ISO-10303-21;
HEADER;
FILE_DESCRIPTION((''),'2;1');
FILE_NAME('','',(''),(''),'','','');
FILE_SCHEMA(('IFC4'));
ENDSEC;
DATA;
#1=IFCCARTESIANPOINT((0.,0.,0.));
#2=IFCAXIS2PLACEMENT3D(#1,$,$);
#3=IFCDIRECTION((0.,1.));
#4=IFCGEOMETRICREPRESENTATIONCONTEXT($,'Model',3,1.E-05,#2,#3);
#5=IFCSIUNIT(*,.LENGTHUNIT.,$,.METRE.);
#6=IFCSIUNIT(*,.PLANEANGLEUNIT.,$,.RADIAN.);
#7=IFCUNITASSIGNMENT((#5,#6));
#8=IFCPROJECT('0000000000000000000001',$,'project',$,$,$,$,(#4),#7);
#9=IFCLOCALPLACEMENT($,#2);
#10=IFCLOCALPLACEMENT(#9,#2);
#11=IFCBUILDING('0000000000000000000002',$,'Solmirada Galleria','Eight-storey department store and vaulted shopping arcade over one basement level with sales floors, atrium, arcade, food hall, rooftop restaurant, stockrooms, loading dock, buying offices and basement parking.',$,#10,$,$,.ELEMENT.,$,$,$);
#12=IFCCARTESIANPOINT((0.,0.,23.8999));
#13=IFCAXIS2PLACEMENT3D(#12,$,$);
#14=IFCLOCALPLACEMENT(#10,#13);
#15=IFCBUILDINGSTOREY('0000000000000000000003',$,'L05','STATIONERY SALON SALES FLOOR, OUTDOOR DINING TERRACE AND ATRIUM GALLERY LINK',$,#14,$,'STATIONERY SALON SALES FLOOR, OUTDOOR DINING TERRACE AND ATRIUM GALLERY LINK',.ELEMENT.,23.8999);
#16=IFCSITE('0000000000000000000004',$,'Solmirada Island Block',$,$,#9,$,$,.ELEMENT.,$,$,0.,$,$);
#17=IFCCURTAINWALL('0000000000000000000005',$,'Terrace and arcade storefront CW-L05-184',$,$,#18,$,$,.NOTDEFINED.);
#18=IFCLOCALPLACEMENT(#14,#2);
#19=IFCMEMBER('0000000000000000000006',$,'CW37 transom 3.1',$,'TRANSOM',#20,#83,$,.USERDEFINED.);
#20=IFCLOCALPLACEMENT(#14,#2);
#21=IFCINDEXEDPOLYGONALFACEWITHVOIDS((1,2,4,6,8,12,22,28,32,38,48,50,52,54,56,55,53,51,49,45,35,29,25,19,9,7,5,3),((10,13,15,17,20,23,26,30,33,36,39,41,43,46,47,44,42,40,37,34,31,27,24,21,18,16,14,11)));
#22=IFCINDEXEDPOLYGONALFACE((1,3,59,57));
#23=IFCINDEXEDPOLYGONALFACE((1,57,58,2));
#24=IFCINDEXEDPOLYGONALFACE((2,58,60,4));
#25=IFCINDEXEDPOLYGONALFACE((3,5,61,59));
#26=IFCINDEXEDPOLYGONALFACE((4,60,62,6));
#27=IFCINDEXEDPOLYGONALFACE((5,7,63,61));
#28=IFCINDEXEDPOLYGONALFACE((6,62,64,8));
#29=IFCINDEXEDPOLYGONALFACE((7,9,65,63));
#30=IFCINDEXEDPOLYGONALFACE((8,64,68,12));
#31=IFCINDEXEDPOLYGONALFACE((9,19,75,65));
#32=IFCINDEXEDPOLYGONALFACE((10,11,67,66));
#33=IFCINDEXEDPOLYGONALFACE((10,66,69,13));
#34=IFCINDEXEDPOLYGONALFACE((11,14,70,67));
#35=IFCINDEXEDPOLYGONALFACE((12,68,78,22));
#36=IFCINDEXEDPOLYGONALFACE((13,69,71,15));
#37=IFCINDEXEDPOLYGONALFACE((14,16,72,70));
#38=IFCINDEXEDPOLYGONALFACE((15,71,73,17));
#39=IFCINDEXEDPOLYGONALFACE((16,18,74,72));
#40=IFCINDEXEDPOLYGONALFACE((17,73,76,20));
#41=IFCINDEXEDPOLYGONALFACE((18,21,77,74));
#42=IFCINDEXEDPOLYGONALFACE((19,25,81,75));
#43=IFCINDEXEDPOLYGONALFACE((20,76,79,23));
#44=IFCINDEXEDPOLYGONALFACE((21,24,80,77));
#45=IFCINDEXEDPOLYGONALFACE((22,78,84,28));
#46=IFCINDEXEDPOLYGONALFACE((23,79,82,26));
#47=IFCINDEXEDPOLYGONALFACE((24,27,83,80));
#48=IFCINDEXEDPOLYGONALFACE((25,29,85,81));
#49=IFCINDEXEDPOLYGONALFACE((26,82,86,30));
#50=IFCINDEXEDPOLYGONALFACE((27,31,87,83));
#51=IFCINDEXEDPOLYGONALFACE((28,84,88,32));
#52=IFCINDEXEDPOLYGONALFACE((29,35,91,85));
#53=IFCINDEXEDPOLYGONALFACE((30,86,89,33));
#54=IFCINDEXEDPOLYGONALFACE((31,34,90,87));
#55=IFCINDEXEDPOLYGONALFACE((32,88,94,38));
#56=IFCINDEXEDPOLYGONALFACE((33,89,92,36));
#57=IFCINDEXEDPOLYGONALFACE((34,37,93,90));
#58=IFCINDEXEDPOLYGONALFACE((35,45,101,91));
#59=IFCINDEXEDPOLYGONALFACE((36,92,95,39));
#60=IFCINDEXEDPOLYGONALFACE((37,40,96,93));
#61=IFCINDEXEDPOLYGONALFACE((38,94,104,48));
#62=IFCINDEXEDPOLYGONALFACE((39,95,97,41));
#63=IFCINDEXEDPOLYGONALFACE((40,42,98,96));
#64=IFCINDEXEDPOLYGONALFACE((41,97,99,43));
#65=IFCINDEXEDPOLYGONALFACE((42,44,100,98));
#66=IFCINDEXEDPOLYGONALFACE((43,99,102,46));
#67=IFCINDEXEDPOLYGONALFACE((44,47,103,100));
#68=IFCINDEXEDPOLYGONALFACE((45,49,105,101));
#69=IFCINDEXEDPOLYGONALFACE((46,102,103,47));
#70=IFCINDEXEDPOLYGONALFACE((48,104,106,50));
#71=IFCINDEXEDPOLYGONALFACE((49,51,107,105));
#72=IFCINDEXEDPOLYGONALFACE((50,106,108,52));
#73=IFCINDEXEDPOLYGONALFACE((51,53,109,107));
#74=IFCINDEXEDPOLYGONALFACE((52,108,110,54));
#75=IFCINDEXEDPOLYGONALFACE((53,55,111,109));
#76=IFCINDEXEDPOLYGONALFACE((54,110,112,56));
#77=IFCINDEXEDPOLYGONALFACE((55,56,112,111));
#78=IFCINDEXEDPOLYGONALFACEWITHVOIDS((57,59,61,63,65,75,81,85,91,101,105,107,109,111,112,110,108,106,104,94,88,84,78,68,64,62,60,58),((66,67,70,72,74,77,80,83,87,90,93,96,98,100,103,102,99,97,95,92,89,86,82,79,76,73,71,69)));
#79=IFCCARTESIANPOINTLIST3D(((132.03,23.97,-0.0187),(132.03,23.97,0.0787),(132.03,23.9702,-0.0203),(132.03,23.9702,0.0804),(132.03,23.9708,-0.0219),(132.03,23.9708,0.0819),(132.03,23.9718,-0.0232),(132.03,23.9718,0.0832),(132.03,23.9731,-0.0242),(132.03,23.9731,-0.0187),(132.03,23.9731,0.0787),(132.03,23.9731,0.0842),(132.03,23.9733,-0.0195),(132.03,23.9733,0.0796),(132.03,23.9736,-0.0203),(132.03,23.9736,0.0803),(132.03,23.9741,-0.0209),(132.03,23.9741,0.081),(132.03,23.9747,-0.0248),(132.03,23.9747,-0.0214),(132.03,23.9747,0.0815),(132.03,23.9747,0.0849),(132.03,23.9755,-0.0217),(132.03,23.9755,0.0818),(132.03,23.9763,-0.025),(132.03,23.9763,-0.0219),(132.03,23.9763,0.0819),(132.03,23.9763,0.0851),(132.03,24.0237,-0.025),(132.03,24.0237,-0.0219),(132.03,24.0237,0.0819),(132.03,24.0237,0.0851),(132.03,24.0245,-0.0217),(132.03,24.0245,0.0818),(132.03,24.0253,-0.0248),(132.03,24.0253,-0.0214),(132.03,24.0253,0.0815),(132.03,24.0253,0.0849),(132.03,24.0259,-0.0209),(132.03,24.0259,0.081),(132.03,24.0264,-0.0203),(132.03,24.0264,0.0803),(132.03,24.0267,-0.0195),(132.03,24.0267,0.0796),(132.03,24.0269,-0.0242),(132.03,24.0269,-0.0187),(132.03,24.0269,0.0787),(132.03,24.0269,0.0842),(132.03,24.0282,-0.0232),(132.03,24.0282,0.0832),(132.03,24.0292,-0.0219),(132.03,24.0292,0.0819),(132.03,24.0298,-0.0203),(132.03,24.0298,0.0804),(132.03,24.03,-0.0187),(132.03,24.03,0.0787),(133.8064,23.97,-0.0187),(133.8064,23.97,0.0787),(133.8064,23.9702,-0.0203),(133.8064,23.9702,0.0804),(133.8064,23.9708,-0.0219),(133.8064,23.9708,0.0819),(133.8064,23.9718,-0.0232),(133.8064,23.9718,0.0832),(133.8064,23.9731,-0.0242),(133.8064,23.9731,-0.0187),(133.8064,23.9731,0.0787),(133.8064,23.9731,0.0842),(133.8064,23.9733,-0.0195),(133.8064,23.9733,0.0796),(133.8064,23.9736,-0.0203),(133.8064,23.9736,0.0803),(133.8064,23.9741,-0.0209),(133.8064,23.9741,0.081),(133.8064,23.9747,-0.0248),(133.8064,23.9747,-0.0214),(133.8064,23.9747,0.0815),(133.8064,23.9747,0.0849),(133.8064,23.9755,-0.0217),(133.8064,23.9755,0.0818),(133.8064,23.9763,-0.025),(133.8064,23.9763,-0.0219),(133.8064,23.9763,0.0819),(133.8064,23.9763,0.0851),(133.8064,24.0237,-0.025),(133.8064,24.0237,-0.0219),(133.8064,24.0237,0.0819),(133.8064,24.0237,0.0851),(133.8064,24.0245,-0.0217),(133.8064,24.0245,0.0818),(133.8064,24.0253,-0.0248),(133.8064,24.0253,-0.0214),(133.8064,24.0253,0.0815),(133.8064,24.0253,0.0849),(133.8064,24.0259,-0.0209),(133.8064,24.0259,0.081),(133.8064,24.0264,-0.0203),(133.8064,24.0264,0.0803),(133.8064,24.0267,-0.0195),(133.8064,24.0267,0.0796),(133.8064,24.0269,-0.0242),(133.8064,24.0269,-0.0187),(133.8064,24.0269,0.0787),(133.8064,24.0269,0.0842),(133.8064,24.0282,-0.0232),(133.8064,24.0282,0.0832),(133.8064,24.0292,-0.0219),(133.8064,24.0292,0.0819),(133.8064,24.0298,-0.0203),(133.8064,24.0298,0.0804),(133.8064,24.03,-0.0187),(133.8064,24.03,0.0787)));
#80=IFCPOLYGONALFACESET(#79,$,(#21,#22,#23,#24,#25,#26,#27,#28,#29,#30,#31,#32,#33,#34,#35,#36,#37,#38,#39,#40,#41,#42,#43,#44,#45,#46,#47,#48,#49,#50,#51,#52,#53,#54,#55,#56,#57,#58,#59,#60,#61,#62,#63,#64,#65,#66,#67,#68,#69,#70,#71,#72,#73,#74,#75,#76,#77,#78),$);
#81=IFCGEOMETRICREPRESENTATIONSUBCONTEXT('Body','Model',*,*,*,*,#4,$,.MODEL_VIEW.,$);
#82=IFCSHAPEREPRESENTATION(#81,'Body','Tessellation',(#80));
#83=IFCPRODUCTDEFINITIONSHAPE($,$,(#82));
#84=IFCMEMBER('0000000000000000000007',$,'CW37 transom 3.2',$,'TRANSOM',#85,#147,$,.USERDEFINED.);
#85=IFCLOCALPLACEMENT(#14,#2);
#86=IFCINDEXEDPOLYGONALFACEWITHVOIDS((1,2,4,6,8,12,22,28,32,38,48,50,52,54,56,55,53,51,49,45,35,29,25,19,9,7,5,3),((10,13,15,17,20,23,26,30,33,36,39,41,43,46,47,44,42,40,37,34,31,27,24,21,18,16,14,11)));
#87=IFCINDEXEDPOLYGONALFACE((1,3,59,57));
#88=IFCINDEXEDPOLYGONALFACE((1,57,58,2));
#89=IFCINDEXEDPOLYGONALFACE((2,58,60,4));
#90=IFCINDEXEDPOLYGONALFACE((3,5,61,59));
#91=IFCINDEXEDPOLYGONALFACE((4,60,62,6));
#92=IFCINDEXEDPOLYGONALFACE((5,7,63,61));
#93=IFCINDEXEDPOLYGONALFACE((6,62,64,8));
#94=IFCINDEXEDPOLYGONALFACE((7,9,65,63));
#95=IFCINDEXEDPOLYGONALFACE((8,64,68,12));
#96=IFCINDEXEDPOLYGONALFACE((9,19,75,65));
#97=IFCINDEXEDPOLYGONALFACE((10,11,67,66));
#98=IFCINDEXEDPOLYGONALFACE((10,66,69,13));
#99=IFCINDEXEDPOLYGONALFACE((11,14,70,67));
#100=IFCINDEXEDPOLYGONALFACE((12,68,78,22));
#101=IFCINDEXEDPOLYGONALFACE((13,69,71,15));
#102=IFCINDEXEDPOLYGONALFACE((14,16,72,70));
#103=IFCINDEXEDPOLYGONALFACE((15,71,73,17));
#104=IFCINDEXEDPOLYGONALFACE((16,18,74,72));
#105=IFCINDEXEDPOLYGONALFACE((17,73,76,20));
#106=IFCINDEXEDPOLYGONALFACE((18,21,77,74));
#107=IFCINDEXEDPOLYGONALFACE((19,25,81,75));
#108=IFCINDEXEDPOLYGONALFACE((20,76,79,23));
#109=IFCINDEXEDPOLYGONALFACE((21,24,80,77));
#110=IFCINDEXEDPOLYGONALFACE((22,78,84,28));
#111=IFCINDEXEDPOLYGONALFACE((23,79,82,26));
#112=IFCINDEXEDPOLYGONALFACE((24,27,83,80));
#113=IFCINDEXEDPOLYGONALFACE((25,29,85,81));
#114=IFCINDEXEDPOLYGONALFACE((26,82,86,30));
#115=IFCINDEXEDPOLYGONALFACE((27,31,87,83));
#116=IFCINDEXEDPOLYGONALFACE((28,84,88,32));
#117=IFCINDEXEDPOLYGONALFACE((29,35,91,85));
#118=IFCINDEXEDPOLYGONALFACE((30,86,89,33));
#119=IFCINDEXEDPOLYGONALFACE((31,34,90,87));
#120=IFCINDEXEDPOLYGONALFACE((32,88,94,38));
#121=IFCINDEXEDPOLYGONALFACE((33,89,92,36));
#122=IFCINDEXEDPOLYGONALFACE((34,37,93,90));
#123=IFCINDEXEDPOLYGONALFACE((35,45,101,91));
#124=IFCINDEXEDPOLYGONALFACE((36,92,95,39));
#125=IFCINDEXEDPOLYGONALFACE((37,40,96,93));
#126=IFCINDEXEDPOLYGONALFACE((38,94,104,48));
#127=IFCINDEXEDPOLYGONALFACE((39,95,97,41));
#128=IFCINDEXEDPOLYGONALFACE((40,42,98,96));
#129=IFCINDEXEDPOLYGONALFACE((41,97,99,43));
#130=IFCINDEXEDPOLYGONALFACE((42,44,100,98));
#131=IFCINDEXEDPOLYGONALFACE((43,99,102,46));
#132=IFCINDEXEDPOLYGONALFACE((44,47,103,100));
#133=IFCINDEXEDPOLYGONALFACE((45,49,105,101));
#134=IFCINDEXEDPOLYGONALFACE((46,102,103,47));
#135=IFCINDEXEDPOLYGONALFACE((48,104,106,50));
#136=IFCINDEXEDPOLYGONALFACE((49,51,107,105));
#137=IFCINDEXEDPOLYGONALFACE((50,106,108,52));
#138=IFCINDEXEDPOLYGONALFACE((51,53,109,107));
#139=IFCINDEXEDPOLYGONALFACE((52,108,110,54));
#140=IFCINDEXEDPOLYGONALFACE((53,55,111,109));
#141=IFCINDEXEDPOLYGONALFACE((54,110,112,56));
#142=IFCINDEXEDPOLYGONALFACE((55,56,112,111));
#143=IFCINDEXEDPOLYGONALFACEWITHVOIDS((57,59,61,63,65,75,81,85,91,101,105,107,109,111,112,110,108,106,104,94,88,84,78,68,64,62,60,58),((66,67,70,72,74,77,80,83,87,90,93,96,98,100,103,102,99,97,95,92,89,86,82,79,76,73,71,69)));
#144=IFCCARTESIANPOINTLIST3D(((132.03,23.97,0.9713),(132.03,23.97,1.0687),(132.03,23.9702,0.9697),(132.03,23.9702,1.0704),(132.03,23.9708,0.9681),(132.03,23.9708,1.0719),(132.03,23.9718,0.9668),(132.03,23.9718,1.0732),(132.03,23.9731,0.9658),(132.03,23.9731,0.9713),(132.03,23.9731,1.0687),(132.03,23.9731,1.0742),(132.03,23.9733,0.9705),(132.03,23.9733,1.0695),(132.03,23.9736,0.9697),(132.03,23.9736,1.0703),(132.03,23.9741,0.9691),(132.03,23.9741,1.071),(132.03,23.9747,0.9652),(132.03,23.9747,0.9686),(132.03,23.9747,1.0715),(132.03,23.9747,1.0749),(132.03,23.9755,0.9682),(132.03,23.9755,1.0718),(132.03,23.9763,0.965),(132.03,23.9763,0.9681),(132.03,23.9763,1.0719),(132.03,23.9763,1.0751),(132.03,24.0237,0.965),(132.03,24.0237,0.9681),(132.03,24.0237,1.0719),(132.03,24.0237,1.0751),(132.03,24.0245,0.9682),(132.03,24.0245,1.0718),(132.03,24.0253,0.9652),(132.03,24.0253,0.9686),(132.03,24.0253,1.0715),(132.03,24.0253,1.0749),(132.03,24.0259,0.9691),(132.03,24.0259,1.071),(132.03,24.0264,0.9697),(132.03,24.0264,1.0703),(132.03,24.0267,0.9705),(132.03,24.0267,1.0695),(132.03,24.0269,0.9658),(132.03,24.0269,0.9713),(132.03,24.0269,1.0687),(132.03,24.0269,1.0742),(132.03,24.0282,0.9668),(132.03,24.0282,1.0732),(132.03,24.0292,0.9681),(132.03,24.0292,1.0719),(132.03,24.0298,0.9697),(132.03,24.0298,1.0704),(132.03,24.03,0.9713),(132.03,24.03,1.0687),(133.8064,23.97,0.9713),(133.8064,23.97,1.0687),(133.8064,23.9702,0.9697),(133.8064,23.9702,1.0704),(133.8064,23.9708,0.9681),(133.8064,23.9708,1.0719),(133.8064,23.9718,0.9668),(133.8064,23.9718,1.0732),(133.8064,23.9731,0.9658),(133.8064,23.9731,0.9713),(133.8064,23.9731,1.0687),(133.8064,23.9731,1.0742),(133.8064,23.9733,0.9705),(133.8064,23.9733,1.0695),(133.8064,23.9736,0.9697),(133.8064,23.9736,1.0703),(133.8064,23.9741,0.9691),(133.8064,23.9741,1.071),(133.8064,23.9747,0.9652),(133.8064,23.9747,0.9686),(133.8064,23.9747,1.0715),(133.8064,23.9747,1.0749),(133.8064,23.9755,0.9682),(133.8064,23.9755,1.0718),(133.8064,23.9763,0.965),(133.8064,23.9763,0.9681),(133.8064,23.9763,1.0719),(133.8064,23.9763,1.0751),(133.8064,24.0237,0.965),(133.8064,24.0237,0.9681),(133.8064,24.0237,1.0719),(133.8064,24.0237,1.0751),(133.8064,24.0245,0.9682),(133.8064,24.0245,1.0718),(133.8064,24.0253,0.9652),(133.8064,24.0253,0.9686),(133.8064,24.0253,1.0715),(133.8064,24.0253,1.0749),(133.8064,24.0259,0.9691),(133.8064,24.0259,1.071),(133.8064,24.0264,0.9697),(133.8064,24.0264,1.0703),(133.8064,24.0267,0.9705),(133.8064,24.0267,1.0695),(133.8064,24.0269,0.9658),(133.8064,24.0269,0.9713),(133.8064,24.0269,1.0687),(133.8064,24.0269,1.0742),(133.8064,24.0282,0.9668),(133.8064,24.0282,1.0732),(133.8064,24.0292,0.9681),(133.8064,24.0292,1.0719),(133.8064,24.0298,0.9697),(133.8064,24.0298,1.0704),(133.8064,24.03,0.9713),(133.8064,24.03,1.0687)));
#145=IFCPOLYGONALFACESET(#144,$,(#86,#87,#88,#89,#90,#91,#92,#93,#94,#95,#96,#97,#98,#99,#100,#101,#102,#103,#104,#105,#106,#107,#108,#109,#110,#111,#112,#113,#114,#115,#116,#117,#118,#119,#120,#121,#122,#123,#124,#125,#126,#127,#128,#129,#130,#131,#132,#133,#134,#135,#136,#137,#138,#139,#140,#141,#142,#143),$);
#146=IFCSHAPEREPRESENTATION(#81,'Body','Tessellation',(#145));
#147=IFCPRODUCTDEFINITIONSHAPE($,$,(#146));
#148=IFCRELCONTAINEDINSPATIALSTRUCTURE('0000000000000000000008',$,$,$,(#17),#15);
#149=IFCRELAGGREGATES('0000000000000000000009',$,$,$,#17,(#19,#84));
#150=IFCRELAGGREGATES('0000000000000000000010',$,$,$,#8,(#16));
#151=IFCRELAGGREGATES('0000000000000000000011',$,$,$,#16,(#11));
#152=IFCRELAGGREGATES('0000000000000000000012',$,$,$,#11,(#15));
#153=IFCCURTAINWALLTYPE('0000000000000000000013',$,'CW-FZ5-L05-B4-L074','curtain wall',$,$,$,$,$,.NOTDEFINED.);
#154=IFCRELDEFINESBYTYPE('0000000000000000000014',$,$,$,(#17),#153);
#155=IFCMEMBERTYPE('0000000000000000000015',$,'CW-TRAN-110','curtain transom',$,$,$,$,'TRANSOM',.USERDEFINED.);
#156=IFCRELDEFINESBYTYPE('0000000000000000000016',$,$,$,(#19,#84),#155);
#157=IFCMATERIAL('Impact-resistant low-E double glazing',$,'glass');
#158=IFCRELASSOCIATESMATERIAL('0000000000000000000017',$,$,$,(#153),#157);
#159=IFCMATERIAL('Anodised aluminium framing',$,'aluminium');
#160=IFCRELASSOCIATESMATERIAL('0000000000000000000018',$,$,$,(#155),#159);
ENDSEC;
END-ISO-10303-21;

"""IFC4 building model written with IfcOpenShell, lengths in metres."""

from ifc_helpers import new_model, si_unit, direction, frame, origin, origin_2d, place, context, subcontext, project, spatial, hollow_rectangle, extrude, material, material_profile, profile_set, type_object, element, aggregate, save


model = new_model("IFC4")

# Units and contexts
model_context = context("Model", 3, precision=1e-05, world=origin(), true_north=direction((0.0, 1.0)))
body_context = subcontext(model_context, "Body", "Model", "MODEL_VIEW")
ifc_project = project(units=[si_unit("LENGTHUNIT", "METRE"), si_unit("PLANEANGLEUNIT", "RADIAN")], contexts=[model_context])

# Site, building, storey
site_placement = place(None, origin())
site = spatial("IfcSite", under=ifc_project, at=site_placement, Name="Solmirada Island Block", CompositionType="ELEMENT", RefElevation=0.0)
building_placement = place(site_placement, origin())
building = spatial("IfcBuilding", under=site, at=building_placement, Name="Solmirada Galleria", Description="Eight-storey department store and vaulted shopping arcade over one basement level with sales floors, atrium, arcade, food hall, rooftop restaurant, stockrooms, loading dock, buying offices and basement parking.", CompositionType="ELEMENT")
storey_placement = place(building_placement, frame((0.0, 0.0, 23.8999)))
storey = spatial("IfcBuildingStorey", under=building, at=storey_placement, Name="L05", Description="STATIONERY SALON SALES FLOOR, OUTDOOR DINING TERRACE AND ATRIUM GALLERY LINK", LongName="STATIONERY SALON SALES FLOOR, OUTDOOR DINING TERRACE AND ATRIUM GALLERY LINK", CompositionType="ELEMENT", Elevation=23.8999)

# Curtain wall, members
ifc_material_1 = material(Name="Impact-resistant low-E double glazing", Category="glass")
curtain_wall_type = type_object("IfcCurtainWallType", Name="CW-FZ5-L05-B4-L074", Description="curtain wall", PredefinedType="NOTDEFINED", material=ifc_material_1)
curtain_wall_placement = place(storey_placement, origin())
curtain_wall = element("IfcCurtainWall", 1, at=curtain_wall_placement, inside=storey, type_object=curtain_wall_type, Name="Terrace and arcade storefront CW-L05-184", PredefinedType="NOTDEFINED")
ifc_material_2 = material(Name="Anodised aluminium framing", Category="aluminium")
ifc_material_profile_1 = material_profile(ifc_material_2, hollow_rectangle(XDim=0.0601, YDim=0.1101, WallThickness=0.0032, InnerFilletRadius=0.0032, OuterFilletRadius=0.0063, at=origin_2d()), Name="ALU-TRAN-110X60")
ifc_profile_set_1 = profile_set([ifc_material_profile_1], Name="Anodised aluminium framing")
member_type_1 = type_object("IfcMemberType", Name="CW-TRAN-110", Description="curtain transom", ElementType="TRANSOM", PredefinedType="USERDEFINED", material=ifc_profile_set_1)
member_1_placement = place(storey_placement, frame((132.03, 24.0, 0.03), z_axis=(1.0, 0.0, 0.0), x_axis=(0.0, 1.0, 0.0)))
member_1 = element("IfcMember", 2, at=member_1_placement, type_object=member_type_1, Name="CW37 transom 3.1", ObjectType="TRANSOM", PredefinedType="USERDEFINED", context=body_context, shape_type="SweptSolid", body=[
    extrude(hollow_rectangle(XDim=0.0601, YDim=0.1101, WallThickness=0.0032, InnerFilletRadius=0.0032, OuterFilletRadius=0.0063, at=origin_2d()), origin(), (0.0, 0.0, 1.0), 1.7764),
])
member_2_placement = place(storey_placement, frame((132.03, 24.0, 1.02), z_axis=(1.0, 0.0, 0.0), x_axis=(0.0, 1.0, 0.0)))
member_2 = element("IfcMember", 3, at=member_2_placement, type_object=member_type_1, Name="CW37 transom 3.2", ObjectType="TRANSOM", PredefinedType="USERDEFINED", context=body_context, shape_type="SweptSolid", body=[
    extrude(hollow_rectangle(XDim=0.0601, YDim=0.1101, WallThickness=0.0032, InnerFilletRadius=0.0032, OuterFilletRadius=0.0063, at=origin_2d()), origin(), (0.0, 0.0, 1.0), 1.7764),
])
aggregate(curtain_wall, [member_1, member_2])

save(model, "model.ifc")
